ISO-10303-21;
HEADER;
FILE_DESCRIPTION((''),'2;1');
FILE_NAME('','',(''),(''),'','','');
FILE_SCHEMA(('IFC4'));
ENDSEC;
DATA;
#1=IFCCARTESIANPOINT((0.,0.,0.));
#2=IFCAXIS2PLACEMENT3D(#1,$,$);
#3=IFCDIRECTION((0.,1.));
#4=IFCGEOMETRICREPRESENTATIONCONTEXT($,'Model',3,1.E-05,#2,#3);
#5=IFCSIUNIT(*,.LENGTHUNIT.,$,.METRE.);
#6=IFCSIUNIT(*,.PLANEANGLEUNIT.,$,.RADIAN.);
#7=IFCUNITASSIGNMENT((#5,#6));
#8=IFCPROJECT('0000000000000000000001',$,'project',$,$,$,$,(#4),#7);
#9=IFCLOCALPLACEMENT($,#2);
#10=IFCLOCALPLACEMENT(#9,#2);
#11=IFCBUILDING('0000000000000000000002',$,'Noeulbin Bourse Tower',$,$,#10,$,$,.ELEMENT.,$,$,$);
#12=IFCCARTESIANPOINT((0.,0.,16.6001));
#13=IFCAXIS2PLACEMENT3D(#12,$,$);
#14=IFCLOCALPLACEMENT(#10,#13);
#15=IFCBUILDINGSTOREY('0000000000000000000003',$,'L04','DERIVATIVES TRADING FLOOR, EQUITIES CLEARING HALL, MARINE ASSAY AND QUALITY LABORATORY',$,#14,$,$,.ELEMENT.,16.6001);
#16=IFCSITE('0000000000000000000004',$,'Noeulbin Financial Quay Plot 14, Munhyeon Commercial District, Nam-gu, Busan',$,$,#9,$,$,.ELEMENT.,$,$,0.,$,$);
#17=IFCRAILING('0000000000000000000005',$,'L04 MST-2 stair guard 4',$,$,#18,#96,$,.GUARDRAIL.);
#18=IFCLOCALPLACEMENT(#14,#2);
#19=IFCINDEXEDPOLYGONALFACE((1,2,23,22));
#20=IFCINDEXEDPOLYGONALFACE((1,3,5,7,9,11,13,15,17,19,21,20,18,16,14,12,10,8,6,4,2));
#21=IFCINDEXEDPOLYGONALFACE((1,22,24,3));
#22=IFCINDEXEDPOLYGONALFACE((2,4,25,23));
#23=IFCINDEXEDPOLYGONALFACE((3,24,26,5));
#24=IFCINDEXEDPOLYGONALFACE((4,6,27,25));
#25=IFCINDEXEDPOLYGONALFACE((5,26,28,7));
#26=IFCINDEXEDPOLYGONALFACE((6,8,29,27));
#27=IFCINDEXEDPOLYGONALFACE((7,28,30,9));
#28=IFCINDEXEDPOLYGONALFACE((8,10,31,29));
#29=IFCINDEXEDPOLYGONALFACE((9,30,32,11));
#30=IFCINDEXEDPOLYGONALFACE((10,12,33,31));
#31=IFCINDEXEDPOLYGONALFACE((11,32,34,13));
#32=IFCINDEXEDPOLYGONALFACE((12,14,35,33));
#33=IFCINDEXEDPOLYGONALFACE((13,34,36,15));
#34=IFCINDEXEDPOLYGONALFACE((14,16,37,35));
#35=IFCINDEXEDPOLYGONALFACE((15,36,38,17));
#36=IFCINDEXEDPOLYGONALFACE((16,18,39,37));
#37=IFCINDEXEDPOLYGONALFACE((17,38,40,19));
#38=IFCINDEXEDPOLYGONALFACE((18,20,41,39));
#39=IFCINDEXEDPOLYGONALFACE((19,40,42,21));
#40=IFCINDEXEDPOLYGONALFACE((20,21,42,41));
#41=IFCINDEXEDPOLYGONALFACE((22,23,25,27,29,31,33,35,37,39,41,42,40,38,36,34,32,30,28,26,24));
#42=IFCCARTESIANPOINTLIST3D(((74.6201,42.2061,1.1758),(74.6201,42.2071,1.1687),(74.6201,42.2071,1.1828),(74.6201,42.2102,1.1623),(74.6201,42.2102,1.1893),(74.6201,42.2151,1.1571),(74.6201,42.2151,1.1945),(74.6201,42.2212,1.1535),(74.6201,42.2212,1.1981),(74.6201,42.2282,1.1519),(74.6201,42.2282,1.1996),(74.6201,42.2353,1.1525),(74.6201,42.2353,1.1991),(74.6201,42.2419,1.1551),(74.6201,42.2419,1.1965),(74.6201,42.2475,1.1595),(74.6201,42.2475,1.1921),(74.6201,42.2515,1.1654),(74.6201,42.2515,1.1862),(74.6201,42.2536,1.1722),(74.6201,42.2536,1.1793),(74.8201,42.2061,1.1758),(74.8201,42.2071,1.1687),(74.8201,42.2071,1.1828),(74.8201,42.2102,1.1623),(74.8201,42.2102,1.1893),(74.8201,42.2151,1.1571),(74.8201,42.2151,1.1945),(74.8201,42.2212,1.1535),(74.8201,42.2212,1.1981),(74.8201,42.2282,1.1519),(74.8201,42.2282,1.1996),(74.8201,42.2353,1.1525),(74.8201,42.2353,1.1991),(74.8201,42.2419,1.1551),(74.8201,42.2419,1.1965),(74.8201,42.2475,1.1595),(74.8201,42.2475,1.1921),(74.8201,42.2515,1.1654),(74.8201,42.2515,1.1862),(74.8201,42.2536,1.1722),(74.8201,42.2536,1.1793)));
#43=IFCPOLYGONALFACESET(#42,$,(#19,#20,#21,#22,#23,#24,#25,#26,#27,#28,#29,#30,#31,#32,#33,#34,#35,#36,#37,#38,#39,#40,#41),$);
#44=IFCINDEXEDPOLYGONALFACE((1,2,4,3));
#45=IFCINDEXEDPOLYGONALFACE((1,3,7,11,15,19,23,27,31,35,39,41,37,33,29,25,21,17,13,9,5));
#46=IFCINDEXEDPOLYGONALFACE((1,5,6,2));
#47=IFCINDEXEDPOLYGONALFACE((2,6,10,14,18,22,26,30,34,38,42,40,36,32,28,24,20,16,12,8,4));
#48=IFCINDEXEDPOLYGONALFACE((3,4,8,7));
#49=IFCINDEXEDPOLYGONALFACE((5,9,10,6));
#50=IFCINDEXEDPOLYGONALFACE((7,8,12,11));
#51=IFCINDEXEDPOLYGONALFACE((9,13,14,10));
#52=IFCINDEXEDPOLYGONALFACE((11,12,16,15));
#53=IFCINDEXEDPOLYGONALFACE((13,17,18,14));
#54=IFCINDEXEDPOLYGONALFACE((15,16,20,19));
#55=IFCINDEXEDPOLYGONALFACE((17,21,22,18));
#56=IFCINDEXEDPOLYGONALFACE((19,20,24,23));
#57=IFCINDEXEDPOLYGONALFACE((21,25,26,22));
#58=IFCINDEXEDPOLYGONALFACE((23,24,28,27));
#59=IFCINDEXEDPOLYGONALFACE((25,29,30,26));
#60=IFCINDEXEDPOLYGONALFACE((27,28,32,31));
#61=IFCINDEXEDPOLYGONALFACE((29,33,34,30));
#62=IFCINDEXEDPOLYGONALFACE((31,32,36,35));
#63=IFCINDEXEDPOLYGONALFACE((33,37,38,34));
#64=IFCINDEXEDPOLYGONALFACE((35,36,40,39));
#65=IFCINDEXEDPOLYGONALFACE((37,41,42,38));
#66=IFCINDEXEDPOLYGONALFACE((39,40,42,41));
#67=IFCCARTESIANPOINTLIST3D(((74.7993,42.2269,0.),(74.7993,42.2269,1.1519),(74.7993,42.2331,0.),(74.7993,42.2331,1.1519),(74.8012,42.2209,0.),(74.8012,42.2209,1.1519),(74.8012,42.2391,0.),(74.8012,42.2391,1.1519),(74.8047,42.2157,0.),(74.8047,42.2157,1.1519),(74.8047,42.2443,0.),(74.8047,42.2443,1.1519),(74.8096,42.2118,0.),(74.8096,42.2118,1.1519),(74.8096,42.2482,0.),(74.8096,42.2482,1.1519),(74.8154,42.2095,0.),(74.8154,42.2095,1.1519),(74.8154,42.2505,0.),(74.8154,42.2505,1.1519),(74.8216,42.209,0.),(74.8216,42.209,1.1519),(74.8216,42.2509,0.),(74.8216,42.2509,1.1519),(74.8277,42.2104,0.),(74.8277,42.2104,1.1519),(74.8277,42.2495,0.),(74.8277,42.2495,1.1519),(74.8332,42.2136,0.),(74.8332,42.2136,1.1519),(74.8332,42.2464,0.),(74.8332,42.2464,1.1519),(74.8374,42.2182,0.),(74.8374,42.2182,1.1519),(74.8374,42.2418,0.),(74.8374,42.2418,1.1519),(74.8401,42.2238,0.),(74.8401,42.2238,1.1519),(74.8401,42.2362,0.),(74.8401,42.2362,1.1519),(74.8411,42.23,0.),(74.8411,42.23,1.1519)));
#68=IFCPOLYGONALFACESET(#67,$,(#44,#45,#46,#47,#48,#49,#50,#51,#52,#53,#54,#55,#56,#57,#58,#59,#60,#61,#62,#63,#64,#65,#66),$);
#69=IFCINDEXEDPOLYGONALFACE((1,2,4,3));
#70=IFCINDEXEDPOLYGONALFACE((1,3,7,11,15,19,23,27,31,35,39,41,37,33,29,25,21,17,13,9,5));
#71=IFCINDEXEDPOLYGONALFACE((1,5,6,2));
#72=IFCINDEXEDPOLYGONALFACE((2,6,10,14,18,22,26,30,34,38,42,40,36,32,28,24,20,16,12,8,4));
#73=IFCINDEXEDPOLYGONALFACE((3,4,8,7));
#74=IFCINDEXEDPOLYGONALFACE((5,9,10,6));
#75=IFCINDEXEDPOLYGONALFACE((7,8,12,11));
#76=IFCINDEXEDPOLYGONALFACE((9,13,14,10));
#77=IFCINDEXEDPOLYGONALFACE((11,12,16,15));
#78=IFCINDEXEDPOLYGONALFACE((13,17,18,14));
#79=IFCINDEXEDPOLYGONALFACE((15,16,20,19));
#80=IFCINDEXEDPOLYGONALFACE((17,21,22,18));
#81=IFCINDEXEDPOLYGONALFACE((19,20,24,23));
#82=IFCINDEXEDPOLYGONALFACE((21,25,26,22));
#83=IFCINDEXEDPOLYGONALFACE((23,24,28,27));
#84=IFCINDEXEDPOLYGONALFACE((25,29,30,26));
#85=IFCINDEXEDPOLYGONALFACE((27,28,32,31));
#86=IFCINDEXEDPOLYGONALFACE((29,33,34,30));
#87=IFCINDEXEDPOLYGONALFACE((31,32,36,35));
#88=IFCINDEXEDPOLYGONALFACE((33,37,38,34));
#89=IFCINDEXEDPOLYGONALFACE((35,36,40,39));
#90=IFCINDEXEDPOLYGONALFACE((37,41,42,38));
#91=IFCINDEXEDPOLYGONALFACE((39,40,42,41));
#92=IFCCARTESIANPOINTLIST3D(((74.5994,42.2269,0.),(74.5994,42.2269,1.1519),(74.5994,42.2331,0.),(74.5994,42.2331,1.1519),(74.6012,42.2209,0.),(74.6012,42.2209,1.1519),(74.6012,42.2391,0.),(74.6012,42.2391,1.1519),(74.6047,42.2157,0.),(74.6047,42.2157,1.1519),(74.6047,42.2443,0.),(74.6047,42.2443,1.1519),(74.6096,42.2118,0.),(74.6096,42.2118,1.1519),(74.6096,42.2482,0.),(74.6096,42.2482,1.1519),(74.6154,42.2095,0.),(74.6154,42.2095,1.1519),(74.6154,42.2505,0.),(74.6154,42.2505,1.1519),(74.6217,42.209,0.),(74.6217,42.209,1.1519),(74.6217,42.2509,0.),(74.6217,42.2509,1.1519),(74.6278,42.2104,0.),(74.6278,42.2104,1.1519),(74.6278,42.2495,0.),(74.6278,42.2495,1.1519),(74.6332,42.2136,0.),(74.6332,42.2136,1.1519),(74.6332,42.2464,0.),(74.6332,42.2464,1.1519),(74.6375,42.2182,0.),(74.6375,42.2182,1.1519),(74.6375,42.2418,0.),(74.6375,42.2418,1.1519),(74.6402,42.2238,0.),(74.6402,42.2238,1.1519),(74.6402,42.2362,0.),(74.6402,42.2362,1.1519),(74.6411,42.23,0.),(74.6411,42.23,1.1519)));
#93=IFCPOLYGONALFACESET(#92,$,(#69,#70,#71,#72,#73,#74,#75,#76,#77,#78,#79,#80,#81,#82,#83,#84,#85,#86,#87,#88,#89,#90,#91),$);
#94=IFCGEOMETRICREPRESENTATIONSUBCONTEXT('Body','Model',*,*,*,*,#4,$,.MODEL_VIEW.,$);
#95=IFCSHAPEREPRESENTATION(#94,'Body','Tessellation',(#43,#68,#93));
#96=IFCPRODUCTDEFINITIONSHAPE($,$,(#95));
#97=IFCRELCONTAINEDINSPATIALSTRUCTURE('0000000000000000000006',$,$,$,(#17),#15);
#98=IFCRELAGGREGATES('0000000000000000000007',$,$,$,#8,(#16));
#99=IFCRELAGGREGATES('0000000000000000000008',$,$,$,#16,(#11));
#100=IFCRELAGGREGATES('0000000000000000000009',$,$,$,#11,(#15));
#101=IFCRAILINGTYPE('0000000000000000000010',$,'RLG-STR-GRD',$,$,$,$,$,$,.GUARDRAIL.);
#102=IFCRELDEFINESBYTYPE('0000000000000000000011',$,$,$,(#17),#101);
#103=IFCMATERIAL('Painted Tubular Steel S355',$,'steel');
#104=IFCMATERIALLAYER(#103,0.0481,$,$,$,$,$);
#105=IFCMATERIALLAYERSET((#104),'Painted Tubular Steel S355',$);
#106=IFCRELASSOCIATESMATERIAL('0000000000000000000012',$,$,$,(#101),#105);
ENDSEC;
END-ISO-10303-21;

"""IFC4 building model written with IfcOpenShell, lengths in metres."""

from ifc_helpers import new_model, si_unit, direction, frame, origin, origin_2d, place, context, subcontext, project, spatial, circle, extrude, material, layer, layer_set, type_object, element, save


model = new_model("IFC4")

# Units and contexts
model_context = context("Model", 3, precision=1e-05, world=origin(), true_north=direction((0.0, 1.0)))
body_context = subcontext(model_context, "Body", "Model", "MODEL_VIEW")
ifc_project = project(units=[si_unit("LENGTHUNIT", "METRE"), si_unit("PLANEANGLEUNIT", "RADIAN")], contexts=[model_context])

# Site, building, storey
site_placement = place(None, origin())
site = spatial("IfcSite", under=ifc_project, at=site_placement, Name="Noeulbin Financial Quay Plot 14, Munhyeon Commercial District, Nam-gu, Busan", CompositionType="ELEMENT", RefElevation=0.0)
building_placement = place(site_placement, origin())
building = spatial("IfcBuilding", under=site, at=building_placement, Name="Noeulbin Bourse Tower", CompositionType="ELEMENT")
storey_placement = place(building_placement, frame((0.0, 0.0, 16.6001)))
storey = spatial("IfcBuildingStorey", under=building, at=storey_placement, Name="L04", Description="DERIVATIVES TRADING FLOOR, EQUITIES CLEARING HALL, MARINE ASSAY AND QUALITY LABORATORY", CompositionType="ELEMENT", Elevation=16.6001)

# Railing
ifc_material_1 = material(Name="Painted Tubular Steel S355", Category="steel")
ifc_layer_1 = layer(ifc_material_1, 0.0481)
ifc_layer_set_1 = layer_set([ifc_layer_1], Name="Painted Tubular Steel S355")
railing_type_1 = type_object("IfcRailingType", Name="RLG-STR-GRD", PredefinedType="GUARDRAIL", material=ifc_layer_set_1)
railing_1_placement = place(storey_placement, frame((74.8201, 42.23, 0.0)))
element("IfcRailing", 1, at=railing_1_placement, inside=storey, type_object=railing_type_1, Name="L04 MST-2 stair guard 4", PredefinedType="GUARDRAIL", context=body_context, shape_type="SweptSolid", body=[
    extrude(circle(Radius=0.0239, at=origin_2d()), frame((0.0, 0.0, 1.1758), z_axis=(-1.0, 0.0, 0.0), x_axis=(0.0, -1.0, 0.0)), (0.0, 0.0, 1.0), 0.2),
    extrude(circle(Radius=0.021, at=origin_2d()), origin(), (0.0, 0.0, 1.0), 1.1519),
    extrude(circle(Radius=0.021, at=origin_2d()), frame((-0.2, 0.0, 0.0)), (0.0, 0.0, 1.0), 1.1519),
])

save(model, "model.ifc")
